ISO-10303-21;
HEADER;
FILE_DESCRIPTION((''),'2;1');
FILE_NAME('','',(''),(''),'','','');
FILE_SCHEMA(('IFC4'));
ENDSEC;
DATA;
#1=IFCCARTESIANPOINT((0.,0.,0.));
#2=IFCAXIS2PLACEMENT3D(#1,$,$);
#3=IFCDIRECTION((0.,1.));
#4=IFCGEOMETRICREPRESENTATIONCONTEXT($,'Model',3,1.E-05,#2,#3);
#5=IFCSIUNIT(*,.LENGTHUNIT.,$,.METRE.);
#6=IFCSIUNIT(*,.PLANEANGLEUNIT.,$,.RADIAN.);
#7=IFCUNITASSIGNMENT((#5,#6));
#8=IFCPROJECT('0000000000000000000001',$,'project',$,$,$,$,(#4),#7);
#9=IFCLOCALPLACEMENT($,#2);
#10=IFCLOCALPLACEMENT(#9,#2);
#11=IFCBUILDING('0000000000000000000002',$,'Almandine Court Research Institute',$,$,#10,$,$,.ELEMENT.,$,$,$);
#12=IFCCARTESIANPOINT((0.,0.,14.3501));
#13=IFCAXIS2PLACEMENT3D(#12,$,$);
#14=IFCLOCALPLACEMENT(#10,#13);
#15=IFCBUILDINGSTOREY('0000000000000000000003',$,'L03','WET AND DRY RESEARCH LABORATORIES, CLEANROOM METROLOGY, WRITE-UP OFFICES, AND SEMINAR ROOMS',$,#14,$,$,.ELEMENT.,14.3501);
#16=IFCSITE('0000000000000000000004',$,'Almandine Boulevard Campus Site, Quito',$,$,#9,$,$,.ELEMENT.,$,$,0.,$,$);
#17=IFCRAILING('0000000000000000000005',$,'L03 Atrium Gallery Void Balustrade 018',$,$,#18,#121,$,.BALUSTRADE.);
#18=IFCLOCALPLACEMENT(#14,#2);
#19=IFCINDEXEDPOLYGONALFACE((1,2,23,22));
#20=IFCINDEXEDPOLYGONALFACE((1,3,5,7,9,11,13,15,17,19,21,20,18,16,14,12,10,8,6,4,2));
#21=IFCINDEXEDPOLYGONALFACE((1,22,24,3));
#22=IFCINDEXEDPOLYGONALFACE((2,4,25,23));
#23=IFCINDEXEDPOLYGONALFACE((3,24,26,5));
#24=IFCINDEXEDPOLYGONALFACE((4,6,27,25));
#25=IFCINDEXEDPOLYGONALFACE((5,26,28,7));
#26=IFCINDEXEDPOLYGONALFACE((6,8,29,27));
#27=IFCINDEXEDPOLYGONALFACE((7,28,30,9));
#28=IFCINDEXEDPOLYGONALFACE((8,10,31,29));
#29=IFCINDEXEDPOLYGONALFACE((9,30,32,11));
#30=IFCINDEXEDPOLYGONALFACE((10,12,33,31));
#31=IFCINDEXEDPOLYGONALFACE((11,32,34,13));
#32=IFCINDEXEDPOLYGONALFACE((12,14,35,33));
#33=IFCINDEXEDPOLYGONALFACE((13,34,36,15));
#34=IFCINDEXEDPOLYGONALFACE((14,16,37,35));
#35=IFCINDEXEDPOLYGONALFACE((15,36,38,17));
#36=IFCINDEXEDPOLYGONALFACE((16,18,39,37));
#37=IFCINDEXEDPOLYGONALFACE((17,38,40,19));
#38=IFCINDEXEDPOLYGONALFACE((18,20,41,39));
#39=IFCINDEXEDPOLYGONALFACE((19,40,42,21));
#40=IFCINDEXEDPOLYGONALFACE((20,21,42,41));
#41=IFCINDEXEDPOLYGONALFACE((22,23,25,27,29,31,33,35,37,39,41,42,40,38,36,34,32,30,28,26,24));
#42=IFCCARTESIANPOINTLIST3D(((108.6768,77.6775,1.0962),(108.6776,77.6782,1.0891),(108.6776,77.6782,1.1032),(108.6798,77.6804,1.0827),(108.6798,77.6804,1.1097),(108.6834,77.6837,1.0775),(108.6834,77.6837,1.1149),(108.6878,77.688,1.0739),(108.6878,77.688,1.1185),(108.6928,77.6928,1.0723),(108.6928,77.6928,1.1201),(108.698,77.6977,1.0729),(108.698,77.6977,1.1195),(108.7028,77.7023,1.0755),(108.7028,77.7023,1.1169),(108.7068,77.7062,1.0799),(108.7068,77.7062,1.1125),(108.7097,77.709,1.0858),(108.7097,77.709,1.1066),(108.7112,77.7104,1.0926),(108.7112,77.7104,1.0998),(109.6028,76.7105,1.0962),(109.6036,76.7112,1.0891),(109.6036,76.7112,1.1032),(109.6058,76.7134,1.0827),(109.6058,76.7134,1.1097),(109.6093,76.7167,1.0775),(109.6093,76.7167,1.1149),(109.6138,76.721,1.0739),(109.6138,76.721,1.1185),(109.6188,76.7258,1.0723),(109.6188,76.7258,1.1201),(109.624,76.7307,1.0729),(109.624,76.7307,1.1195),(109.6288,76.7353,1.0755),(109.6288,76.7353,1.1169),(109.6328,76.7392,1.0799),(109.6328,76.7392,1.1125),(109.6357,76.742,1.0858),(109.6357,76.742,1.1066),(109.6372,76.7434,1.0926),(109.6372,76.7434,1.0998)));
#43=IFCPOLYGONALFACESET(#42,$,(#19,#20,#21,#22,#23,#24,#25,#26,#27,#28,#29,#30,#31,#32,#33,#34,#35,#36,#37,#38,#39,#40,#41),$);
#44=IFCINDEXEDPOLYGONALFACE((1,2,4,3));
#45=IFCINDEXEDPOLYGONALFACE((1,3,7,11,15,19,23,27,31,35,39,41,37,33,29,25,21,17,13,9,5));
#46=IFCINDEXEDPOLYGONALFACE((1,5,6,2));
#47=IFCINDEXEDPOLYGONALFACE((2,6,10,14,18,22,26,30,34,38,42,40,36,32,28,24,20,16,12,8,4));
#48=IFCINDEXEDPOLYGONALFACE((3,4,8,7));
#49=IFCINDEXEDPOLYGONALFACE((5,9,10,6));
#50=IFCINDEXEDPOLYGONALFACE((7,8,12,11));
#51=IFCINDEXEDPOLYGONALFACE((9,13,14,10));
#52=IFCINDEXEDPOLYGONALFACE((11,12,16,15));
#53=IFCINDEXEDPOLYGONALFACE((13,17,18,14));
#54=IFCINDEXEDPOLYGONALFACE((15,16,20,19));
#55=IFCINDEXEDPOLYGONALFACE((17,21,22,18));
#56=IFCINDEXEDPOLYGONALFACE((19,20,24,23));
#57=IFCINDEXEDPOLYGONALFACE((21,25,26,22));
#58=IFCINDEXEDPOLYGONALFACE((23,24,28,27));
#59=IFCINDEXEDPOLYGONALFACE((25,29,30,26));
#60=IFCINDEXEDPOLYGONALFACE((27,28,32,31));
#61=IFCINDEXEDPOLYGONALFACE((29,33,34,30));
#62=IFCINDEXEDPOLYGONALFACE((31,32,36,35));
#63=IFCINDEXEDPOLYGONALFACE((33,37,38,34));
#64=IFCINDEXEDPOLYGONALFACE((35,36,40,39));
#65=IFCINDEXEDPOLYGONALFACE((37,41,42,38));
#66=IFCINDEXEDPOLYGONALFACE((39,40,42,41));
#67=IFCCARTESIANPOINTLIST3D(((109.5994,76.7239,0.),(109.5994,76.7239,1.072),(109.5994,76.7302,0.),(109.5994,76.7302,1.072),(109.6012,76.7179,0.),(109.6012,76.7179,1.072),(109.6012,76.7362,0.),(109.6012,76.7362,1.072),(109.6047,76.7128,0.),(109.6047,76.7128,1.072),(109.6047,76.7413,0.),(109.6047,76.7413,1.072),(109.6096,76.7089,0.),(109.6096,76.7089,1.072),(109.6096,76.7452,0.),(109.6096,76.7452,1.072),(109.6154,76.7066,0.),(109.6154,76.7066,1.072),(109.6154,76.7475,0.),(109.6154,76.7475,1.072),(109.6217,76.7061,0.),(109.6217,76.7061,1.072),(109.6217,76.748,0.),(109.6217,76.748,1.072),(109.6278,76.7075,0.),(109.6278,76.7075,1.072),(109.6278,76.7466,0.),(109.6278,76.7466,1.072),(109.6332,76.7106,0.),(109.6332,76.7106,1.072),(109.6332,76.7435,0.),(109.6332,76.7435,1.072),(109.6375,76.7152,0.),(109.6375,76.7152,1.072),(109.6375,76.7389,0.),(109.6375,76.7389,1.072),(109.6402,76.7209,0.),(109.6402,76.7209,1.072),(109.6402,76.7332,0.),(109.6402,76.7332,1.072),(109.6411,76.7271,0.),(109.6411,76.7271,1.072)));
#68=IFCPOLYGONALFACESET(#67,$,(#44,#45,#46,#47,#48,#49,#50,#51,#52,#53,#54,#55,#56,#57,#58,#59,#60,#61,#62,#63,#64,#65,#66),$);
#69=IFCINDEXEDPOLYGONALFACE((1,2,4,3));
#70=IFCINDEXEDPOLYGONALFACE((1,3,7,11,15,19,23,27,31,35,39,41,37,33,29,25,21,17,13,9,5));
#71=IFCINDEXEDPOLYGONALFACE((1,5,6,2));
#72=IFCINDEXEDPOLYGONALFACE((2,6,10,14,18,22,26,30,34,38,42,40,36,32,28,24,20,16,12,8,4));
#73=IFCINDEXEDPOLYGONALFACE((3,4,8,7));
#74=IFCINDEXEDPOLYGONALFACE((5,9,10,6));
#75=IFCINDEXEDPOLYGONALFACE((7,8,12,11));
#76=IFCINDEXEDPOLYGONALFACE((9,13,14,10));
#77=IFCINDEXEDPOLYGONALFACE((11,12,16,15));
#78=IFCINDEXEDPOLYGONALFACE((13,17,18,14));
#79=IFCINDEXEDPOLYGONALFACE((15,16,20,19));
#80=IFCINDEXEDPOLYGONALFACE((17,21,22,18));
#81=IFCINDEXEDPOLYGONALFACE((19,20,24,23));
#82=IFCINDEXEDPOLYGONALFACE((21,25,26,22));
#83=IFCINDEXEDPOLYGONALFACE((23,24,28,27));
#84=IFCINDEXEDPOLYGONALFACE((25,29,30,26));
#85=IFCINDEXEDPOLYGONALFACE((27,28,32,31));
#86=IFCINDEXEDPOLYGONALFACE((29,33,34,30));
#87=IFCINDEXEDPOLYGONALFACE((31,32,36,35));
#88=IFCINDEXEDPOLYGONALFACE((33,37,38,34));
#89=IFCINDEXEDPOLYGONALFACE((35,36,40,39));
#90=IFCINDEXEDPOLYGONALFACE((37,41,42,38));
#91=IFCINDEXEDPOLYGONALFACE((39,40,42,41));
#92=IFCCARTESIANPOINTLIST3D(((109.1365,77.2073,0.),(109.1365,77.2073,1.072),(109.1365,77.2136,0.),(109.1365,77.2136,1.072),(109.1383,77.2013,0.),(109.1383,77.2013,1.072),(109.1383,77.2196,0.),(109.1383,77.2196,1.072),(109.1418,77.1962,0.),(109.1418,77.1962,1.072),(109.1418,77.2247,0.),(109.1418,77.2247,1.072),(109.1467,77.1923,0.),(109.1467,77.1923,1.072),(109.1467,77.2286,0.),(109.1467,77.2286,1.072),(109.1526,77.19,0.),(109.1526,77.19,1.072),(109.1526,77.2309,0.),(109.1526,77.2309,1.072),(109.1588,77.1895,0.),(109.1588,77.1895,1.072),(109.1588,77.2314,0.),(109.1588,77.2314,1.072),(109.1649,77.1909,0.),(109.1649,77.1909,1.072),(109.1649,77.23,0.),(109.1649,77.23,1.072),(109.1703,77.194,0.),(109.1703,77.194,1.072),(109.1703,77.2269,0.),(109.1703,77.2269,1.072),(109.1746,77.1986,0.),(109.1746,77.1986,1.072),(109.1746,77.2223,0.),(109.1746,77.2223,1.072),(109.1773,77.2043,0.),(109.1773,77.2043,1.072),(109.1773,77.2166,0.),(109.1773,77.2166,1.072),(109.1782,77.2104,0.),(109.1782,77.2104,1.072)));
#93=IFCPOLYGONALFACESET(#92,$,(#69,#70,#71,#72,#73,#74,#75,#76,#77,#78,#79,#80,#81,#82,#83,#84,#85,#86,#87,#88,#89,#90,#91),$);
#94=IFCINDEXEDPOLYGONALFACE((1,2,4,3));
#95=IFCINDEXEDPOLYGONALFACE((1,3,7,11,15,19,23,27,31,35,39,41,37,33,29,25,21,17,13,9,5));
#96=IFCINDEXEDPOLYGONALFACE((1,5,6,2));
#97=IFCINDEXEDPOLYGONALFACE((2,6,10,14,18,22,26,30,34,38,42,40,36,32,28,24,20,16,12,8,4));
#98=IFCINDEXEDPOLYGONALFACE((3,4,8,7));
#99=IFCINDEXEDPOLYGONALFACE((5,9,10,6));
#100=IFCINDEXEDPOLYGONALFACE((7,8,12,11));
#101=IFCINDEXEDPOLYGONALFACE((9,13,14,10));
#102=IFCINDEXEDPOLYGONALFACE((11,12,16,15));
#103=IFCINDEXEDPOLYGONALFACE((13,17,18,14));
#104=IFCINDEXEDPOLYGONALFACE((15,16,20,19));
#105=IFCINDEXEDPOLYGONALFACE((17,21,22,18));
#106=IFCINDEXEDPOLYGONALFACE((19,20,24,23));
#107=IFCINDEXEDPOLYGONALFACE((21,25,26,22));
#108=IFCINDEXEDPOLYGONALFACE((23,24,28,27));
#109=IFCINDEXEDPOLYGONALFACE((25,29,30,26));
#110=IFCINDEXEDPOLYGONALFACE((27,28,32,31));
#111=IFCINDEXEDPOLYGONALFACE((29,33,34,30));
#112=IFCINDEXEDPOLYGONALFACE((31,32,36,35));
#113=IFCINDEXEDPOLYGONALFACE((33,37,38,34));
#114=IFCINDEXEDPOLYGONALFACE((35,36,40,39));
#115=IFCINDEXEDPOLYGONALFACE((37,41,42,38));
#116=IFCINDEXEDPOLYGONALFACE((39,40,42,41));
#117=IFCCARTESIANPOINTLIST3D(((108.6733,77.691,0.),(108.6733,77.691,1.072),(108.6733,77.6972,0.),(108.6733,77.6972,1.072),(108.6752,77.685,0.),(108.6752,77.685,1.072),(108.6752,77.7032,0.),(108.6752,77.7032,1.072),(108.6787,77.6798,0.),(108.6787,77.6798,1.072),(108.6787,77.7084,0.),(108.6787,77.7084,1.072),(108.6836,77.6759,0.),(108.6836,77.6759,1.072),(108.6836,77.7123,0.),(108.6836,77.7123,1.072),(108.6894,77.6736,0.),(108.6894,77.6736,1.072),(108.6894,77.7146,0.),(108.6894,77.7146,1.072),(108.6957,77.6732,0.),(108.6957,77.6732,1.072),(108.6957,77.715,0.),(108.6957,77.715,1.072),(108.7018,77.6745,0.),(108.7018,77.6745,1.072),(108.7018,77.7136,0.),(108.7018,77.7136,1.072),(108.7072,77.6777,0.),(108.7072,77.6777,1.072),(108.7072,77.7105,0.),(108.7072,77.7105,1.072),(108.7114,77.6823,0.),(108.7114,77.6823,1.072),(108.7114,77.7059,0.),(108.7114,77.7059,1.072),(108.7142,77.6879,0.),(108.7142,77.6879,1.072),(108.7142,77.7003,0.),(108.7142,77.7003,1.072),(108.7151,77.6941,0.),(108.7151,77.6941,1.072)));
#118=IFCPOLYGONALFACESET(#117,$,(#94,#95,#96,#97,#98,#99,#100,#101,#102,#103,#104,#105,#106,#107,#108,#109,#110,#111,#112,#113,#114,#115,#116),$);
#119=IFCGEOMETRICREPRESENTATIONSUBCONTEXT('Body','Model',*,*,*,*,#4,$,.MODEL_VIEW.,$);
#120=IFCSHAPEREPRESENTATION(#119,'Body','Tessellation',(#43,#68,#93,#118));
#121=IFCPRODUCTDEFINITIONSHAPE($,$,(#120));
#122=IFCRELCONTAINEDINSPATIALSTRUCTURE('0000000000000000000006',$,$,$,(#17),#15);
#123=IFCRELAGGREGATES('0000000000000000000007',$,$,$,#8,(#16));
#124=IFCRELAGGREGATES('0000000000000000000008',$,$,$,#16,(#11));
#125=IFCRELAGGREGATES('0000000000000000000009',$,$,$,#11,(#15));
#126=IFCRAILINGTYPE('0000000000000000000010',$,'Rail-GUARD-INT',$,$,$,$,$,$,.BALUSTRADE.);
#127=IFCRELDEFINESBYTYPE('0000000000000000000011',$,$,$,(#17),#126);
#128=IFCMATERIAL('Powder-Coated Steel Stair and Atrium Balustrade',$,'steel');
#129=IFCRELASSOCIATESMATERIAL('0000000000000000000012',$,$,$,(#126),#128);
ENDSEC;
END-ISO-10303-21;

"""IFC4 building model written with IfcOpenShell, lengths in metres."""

from ifc_helpers import new_model, si_unit, direction, frame, origin, origin_2d, place, context, subcontext, project, spatial, circle, extrude, material, type_object, element, save


model = new_model("IFC4")

# Units and contexts
model_context = context("Model", 3, precision=1e-05, world=origin(), true_north=direction((0.0, 1.0)))
body_context = subcontext(model_context, "Body", "Model", "MODEL_VIEW")
ifc_project = project(units=[si_unit("LENGTHUNIT", "METRE"), si_unit("PLANEANGLEUNIT", "RADIAN")], contexts=[model_context])

# Site, building, storey
site_placement = place(None, origin())
site = spatial("IfcSite", under=ifc_project, at=site_placement, Name="Almandine Boulevard Campus Site, Quito", CompositionType="ELEMENT", RefElevation=0.0)
building_placement = place(site_placement, origin())
building = spatial("IfcBuilding", under=site, at=building_placement, Name="Almandine Court Research Institute", CompositionType="ELEMENT")
storey_placement = place(building_placement, frame((0.0, 0.0, 14.3501)))
storey = spatial("IfcBuildingStorey", under=building, at=storey_placement, Name="L03", Description="WET AND DRY RESEARCH LABORATORIES, CLEANROOM METROLOGY, WRITE-UP OFFICES, AND SEMINAR ROOMS", CompositionType="ELEMENT", Elevation=14.3501)

# Railing
ifc_material_1 = material(Name="Powder-Coated Steel Stair and Atrium Balustrade", Category="steel")
railing_type = type_object("IfcRailingType", Name="Rail-GUARD-INT", PredefinedType="BALUSTRADE", material=ifc_material_1)
railing_1_placement = place(storey_placement, frame((109.6201, 76.7271, 0.0)))
element("IfcRailing", 1, at=railing_1_placement, inside=storey, type_object=railing_type, Name="L03 Atrium Gallery Void Balustrade 018", PredefinedType="BALUSTRADE", context=body_context, shape_type="SweptSolid", body=[
    extrude(circle(Radius=0.0239, at=origin_2d()), frame((0.0, 0.0, 1.0962), z_axis=(-0.691624, 0.722258, 0.0), x_axis=(-0.722258, -0.691624, 0.0)), (0.0, 0.0, 1.0), 1.3389),
    extrude(circle(Radius=0.021, at=origin_2d()), origin(), (0.0, 0.0, 1.0), 1.072),
    extrude(circle(Radius=0.021, at=origin_2d()), frame((-0.4629, 0.4834, 0.0)), (0.0, 0.0, 1.0), 1.072),
    extrude(circle(Radius=0.021, at=origin_2d()), frame((-0.926, 0.967, 0.0)), (0.0, 0.0, 1.0), 1.072),
])

save(model, "model.ifc")
